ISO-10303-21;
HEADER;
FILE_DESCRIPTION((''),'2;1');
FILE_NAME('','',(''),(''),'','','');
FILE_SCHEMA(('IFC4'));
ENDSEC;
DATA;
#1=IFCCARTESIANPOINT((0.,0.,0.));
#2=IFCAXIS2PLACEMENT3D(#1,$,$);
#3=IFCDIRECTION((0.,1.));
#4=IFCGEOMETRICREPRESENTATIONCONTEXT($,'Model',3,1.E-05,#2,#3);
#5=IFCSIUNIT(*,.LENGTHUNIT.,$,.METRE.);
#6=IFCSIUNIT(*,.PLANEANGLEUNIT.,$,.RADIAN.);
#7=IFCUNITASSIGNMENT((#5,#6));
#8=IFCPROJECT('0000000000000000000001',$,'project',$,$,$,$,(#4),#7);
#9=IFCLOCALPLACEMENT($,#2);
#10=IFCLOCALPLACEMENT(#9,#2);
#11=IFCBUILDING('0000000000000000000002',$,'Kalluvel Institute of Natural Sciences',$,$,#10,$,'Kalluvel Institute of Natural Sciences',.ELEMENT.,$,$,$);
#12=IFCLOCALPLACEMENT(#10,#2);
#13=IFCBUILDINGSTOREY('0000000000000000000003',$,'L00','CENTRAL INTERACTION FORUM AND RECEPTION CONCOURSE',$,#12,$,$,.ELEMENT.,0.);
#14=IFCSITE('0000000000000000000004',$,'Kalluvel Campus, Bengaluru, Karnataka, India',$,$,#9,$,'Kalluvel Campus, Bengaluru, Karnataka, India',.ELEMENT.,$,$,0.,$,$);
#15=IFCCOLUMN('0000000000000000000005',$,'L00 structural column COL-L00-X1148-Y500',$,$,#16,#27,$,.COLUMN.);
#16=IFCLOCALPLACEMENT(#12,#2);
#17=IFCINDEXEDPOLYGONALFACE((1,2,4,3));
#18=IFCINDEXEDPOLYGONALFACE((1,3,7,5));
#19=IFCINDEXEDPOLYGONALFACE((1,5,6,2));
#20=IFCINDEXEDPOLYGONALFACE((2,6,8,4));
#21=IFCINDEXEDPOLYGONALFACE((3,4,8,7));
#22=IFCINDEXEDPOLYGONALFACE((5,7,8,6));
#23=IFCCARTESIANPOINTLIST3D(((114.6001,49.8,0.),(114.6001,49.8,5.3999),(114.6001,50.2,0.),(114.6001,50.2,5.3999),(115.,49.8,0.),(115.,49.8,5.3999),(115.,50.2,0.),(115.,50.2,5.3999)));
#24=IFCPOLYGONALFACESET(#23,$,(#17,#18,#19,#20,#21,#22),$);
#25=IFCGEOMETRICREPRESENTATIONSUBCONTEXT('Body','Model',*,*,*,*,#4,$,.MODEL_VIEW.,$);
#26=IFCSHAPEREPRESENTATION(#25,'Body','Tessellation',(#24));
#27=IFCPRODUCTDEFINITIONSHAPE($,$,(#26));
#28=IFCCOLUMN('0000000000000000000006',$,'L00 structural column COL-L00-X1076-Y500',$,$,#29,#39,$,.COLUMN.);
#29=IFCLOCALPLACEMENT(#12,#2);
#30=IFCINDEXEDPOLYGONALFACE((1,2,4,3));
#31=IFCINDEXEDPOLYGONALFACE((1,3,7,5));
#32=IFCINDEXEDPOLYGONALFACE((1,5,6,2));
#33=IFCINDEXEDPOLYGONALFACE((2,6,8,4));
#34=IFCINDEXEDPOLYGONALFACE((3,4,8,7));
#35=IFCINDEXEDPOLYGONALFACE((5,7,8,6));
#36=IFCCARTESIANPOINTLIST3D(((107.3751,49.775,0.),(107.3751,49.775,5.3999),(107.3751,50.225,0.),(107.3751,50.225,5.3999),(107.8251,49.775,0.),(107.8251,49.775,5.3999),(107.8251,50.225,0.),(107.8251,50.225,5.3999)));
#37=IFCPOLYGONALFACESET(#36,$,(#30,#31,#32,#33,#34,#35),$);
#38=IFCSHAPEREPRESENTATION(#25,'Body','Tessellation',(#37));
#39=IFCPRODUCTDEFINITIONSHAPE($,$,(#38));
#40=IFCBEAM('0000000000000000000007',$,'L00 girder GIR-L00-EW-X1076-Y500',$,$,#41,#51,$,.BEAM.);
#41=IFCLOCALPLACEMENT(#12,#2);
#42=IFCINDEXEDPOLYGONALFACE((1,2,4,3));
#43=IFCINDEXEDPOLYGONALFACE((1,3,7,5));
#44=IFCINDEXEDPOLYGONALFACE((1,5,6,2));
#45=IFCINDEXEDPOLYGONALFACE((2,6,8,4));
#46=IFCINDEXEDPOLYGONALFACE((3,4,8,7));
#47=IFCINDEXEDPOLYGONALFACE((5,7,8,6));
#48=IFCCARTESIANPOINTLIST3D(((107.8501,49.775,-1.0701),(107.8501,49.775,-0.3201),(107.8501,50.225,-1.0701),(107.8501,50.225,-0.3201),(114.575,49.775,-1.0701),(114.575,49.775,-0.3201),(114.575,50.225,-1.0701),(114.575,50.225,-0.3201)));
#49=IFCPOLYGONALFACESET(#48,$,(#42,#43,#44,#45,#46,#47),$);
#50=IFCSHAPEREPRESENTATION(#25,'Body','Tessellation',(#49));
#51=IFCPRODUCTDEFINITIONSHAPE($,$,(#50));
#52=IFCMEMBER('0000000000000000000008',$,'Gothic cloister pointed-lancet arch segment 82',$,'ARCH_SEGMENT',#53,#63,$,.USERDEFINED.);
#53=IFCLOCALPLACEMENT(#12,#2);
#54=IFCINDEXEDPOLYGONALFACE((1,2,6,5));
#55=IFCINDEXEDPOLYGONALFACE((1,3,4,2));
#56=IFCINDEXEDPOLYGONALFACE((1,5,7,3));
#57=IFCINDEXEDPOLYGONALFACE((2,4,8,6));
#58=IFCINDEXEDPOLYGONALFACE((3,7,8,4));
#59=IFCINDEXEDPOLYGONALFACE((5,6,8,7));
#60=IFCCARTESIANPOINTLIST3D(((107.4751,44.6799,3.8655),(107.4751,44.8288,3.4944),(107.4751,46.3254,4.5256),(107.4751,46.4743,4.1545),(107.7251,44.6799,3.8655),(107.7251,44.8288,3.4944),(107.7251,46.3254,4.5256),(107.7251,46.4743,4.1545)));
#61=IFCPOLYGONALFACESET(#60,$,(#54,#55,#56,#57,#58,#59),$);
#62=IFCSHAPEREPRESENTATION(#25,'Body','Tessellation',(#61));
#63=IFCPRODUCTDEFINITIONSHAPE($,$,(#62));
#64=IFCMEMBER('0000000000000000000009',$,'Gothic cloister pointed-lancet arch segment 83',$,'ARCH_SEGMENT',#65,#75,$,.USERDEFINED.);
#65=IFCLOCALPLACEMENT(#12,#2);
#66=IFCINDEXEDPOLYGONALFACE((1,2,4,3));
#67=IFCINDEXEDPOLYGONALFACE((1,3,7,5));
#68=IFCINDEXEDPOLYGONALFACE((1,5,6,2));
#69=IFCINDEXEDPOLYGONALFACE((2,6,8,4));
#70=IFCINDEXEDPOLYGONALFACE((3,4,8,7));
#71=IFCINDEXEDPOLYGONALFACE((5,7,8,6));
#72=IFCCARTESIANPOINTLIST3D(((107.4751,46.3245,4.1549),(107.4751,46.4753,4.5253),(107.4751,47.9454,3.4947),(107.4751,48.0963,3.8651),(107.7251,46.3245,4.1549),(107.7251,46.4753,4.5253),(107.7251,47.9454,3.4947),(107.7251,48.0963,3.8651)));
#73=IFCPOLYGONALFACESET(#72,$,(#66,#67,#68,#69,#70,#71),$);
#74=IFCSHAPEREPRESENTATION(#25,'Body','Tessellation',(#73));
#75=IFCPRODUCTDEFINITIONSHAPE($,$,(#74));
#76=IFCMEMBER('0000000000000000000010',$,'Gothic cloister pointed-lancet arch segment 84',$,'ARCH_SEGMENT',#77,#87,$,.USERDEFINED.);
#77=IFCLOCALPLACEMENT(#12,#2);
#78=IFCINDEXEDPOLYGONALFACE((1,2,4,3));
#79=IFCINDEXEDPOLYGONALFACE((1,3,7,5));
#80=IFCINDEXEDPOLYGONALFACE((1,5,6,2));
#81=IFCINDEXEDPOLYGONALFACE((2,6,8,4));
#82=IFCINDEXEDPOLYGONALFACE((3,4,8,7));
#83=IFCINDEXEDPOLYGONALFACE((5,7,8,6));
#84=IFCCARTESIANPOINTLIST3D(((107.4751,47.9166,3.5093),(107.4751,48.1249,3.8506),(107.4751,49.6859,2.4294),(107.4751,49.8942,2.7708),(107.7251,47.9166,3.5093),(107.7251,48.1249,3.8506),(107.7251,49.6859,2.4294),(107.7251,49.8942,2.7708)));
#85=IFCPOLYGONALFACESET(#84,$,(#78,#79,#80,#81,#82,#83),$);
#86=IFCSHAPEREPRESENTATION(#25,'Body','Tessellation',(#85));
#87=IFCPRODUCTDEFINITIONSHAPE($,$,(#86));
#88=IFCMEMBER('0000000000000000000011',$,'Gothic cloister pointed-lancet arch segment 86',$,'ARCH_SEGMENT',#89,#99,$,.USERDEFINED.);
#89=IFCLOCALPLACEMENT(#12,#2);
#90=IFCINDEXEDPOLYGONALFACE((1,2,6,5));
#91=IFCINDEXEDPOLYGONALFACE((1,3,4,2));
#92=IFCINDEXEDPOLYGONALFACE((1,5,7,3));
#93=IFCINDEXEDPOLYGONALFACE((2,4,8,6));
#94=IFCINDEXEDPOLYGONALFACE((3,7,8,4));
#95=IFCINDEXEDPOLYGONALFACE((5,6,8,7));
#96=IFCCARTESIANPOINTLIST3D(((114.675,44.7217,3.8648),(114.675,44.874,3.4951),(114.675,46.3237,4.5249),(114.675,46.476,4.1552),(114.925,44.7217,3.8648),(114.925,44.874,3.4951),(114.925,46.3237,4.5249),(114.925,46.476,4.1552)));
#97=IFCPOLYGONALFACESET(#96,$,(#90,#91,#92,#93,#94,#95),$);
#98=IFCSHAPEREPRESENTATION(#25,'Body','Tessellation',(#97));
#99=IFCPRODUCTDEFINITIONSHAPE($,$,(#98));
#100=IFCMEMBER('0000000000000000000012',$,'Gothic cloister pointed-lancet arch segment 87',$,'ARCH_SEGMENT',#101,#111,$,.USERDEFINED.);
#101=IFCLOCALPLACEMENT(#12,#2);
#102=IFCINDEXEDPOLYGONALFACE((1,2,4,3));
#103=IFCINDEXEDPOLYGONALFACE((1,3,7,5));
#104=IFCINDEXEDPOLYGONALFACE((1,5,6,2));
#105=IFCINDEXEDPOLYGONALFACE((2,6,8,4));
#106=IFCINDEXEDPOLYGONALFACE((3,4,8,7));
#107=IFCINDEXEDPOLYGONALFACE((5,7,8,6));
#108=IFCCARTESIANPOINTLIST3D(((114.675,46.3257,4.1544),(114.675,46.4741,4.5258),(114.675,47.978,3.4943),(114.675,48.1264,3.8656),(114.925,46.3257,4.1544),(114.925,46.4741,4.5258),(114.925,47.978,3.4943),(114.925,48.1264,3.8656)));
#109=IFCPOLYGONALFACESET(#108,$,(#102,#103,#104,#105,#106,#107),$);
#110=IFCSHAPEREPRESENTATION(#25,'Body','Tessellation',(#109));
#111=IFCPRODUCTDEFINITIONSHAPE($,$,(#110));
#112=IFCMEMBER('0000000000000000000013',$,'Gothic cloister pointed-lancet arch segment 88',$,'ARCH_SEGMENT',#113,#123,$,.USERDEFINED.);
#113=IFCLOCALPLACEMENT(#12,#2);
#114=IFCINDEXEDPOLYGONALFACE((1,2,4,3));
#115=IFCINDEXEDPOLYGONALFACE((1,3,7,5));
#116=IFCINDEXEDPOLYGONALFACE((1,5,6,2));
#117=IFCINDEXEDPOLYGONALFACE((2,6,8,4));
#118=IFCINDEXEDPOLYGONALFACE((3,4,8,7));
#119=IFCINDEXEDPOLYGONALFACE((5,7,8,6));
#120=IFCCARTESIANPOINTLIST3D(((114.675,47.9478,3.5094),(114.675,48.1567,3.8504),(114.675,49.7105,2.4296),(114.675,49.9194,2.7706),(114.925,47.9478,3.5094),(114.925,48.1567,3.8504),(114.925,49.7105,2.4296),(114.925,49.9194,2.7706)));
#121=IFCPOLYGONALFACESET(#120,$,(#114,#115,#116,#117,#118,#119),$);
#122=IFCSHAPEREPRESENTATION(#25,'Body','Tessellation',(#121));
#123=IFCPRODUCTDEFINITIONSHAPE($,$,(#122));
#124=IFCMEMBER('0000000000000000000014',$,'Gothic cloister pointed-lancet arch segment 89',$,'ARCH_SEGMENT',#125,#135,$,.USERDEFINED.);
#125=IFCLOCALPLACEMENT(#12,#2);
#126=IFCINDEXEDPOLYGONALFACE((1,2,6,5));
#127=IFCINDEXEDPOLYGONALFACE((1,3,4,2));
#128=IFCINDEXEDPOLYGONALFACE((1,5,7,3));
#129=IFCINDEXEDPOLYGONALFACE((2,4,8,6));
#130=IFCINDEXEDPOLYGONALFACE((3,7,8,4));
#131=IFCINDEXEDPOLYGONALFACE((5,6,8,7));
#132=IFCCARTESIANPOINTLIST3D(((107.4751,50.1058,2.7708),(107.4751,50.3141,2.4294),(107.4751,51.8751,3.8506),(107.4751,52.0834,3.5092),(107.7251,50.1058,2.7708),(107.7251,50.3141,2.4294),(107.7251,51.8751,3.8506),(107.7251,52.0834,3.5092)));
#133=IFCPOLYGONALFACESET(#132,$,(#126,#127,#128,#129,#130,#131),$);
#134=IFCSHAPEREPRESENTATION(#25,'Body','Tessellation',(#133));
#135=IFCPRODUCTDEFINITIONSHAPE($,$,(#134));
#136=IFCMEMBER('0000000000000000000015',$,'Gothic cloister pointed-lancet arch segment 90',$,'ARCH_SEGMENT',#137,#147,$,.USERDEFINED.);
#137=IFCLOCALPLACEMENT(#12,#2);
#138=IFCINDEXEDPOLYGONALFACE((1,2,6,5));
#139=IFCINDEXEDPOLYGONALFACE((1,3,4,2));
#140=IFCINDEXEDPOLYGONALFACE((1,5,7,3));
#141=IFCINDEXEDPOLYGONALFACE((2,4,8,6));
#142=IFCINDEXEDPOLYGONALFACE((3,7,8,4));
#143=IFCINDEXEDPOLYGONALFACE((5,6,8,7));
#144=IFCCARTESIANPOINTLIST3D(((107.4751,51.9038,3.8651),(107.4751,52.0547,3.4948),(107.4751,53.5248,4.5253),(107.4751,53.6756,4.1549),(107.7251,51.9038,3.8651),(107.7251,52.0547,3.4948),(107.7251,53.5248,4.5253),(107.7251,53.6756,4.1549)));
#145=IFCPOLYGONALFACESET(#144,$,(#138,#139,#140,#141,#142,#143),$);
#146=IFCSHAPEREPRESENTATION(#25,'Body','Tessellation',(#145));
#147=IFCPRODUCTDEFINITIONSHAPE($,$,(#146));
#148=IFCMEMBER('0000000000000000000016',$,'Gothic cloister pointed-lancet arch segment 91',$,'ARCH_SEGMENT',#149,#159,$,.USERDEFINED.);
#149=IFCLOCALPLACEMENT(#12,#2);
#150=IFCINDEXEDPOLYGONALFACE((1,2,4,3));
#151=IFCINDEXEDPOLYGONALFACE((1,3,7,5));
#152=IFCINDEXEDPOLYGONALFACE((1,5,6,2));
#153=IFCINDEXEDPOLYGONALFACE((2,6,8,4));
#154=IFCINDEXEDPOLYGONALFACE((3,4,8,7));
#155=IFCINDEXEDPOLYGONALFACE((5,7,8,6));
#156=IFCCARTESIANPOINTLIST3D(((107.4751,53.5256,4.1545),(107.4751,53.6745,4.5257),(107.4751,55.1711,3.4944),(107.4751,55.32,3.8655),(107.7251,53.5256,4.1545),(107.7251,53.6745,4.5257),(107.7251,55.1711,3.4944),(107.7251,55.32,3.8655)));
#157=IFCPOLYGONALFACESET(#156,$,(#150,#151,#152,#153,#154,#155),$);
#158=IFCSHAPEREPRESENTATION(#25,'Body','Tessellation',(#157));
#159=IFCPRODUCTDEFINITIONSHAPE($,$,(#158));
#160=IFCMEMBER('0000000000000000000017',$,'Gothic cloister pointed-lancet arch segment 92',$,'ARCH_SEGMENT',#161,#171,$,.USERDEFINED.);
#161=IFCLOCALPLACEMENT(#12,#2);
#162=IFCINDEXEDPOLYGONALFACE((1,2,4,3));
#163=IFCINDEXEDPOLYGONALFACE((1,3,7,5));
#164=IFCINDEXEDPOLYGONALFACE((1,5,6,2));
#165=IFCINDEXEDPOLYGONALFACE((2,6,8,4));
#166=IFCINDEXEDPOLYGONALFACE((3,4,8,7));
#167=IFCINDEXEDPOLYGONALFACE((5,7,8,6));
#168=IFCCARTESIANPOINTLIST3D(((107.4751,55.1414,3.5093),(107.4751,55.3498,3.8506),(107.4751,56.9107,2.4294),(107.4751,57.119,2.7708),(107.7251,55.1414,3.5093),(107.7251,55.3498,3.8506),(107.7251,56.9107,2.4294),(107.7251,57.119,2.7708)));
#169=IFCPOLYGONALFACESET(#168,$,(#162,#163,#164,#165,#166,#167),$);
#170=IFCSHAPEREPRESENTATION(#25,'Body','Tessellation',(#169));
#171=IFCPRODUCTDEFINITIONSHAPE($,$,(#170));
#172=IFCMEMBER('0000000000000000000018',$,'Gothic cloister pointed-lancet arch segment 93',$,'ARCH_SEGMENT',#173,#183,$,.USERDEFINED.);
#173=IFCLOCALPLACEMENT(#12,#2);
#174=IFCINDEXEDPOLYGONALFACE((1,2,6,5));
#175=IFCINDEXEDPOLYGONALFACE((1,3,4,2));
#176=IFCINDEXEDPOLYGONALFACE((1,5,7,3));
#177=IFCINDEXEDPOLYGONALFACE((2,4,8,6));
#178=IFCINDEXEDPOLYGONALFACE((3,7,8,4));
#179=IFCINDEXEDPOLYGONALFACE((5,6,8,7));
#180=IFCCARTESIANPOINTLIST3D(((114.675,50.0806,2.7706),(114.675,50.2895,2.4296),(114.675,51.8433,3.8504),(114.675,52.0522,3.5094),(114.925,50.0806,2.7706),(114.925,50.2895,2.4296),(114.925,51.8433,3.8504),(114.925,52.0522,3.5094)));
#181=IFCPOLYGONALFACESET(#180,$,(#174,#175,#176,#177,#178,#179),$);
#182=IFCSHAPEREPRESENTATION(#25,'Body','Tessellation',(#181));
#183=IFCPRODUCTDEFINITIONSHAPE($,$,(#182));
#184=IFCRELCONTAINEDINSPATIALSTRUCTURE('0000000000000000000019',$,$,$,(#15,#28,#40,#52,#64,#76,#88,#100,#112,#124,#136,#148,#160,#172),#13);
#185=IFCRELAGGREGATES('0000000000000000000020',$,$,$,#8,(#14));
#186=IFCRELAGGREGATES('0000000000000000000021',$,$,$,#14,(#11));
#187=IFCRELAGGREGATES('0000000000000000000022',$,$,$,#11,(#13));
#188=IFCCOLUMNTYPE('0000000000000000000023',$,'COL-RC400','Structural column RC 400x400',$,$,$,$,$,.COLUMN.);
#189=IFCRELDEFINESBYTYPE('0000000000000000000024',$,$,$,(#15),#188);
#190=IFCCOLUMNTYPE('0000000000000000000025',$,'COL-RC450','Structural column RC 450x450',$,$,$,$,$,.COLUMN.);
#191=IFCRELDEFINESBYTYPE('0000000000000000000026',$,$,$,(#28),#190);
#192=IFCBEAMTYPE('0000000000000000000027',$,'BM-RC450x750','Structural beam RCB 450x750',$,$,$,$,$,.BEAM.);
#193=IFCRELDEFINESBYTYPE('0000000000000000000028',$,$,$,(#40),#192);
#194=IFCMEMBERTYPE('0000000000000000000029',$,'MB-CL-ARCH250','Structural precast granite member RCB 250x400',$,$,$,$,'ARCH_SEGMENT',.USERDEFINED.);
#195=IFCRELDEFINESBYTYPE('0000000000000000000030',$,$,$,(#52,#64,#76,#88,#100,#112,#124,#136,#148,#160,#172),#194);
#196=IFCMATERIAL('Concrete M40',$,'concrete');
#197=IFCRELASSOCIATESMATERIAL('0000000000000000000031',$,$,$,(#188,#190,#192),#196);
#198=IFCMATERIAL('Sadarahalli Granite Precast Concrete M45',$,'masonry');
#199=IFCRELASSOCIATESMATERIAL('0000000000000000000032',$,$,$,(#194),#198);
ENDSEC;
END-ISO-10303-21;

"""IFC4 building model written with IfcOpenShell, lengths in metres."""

from ifc_helpers import new_model, si_unit, direction, frame, origin, origin_2d, place, context, subcontext, project, spatial, rectangle, extrude, material, material_profile, profile_set, type_object, element, save


model = new_model("IFC4")

# Units and contexts
model_context = context("Model", 3, precision=1e-05, world=origin(), true_north=direction((0.0, 1.0)))
body_context = subcontext(model_context, "Body", "Model", "MODEL_VIEW")
ifc_project = project(units=[si_unit("LENGTHUNIT", "METRE"), si_unit("PLANEANGLEUNIT", "RADIAN")], contexts=[model_context])

# Site, building, storey
site_placement = place(None, origin())
site = spatial("IfcSite", under=ifc_project, at=site_placement, Name="Kalluvel Campus, Bengaluru, Karnataka, India", LongName="Kalluvel Campus, Bengaluru, Karnataka, India", CompositionType="ELEMENT", RefElevation=0.0)
building_placement = place(site_placement, origin())
building = spatial("IfcBuilding", under=site, at=building_placement, Name="Kalluvel Institute of Natural Sciences", LongName="Kalluvel Institute of Natural Sciences", CompositionType="ELEMENT")
storey_placement = place(building_placement, origin())
storey = spatial("IfcBuildingStorey", under=building, at=storey_placement, Name="L00", Description="CENTRAL INTERACTION FORUM AND RECEPTION CONCOURSE", CompositionType="ELEMENT", Elevation=0.0)

# Columns
ifc_material_1 = material(Name="Concrete M40", Category="concrete")
ifc_material_profile_1 = material_profile(ifc_material_1, rectangle(XDim=0.3999, YDim=0.3999, at=origin_2d()), Name="RC 400x400")
ifc_profile_set_1 = profile_set([ifc_material_profile_1], Name="Concrete M40")
column_type_1 = type_object("IfcColumnType", Name="COL-RC400", Description="Structural column RC 400x400", PredefinedType="COLUMN", material=ifc_profile_set_1)
column_1_placement = place(storey_placement, frame((114.8, 50.0, 0.0), z_axis=(0.0, 0.0, 1.0), x_axis=(1.0, 0.0, 0.0)))
element("IfcColumn", 1, at=column_1_placement, inside=storey, type_object=column_type_1, Name="L00 structural column COL-L00-X1148-Y500", PredefinedType="COLUMN", context=body_context, shape_type="SweptSolid", body=[
    extrude(rectangle(XDim=0.3999, YDim=0.3999, at=origin_2d()), origin(), (0.0, 0.0, 1.0), 5.3999),
])
ifc_material_profile_2 = material_profile(ifc_material_1, rectangle(XDim=0.45, YDim=0.45, at=origin_2d()), Name="RC 450x450")
ifc_profile_set_2 = profile_set([ifc_material_profile_2], Name="Concrete M40")
column_type_2 = type_object("IfcColumnType", Name="COL-RC450", Description="Structural column RC 450x450", PredefinedType="COLUMN", material=ifc_profile_set_2)
column_2_placement = place(storey_placement, frame((107.6001, 50.0, 0.0), z_axis=(0.0, 0.0, 1.0), x_axis=(1.0, 0.0, 0.0)))
element("IfcColumn", 2, at=column_2_placement, inside=storey, type_object=column_type_2, Name="L00 structural column COL-L00-X1076-Y500", PredefinedType="COLUMN", context=body_context, shape_type="SweptSolid", body=[
    extrude(rectangle(XDim=0.45, YDim=0.45, at=origin_2d()), origin(), (0.0, 0.0, 1.0), 5.3999),
])

# Beam
ifc_material_profile_3 = material_profile(ifc_material_1, rectangle(XDim=0.45, YDim=0.75, at=origin_2d()), Name="RCB 450x750")
ifc_profile_set_3 = profile_set([ifc_material_profile_3], Name="Concrete M40")
beam_type_1 = type_object("IfcBeamType", Name="BM-RC450x750", Description="Structural beam RCB 450x750", PredefinedType="BEAM", material=ifc_profile_set_3)
beam_1_placement = place(storey_placement, frame((107.8501, 50.0, -0.6951), z_axis=(1.0, 0.0, 0.0), x_axis=(0.0, 1.0, 0.0)))
element("IfcBeam", 3, at=beam_1_placement, inside=storey, type_object=beam_type_1, Name="L00 girder GIR-L00-EW-X1076-Y500", PredefinedType="BEAM", context=body_context, shape_type="SweptSolid", body=[
    extrude(rectangle(XDim=0.45, YDim=0.75, at=origin_2d()), origin(), (0.0, 0.0, 1.0), 6.7249),
])

# Members
ifc_material_2 = material(Name="Sadarahalli Granite Precast Concrete M45", Category="masonry")
ifc_material_profile_4 = material_profile(ifc_material_2, rectangle(XDim=0.25, YDim=0.3999, at=origin_2d()), Name="RCB 250x400")
ifc_profile_set_4 = profile_set([ifc_material_profile_4], Name="Sadarahalli Granite Precast Concrete M45")
member_type = type_object("IfcMemberType", Name="MB-CL-ARCH250", Description="Structural precast granite member RCB 250x400", ElementType="ARCH_SEGMENT", PredefinedType="USERDEFINED", material=ifc_profile_set_4)
member_1_placement = place(storey_placement, frame((107.6001, 44.7544, 3.6799), z_axis=(0.0, 0.928096, 0.37234), x_axis=(-1.0, 0.0, 0.0)))
element("IfcMember", 4, at=member_1_placement, inside=storey, type_object=member_type, Name="Gothic cloister pointed-lancet arch segment 82", ObjectType="ARCH_SEGMENT", PredefinedType="USERDEFINED", context=body_context, shape_type="SweptSolid", body=[
    extrude(rectangle(XDim=0.25, YDim=0.3999, at=origin_2d()), origin(), (0.0, 0.0, 1.0), 1.7729),
])
member_2_placement = place(storey_placement, frame((107.6001, 46.3999, 4.3401), z_axis=(0.0, 0.92613, -0.377204), x_axis=(-1.0, 0.0, 0.0)))
element("IfcMember", 5, at=member_2_placement, inside=storey, type_object=member_type, Name="Gothic cloister pointed-lancet arch segment 83", ObjectType="ARCH_SEGMENT", PredefinedType="USERDEFINED", context=body_context, shape_type="SweptSolid", body=[
    extrude(rectangle(XDim=0.25, YDim=0.3999, at=origin_2d()), origin(), (0.0, 0.0, 1.0), 1.7502),
])
member_3_placement = place(storey_placement, frame((107.6001, 48.0208, 3.6799), z_axis=(0.0, 0.853582, -0.520959), x_axis=(-1.0, 0.0, 0.0)))
element("IfcMember", 6, at=member_3_placement, inside=storey, type_object=member_type, Name="Gothic cloister pointed-lancet arch segment 84", ObjectType="ARCH_SEGMENT", PredefinedType="USERDEFINED", context=body_context, shape_type="SweptSolid", body=[
    extrude(rectangle(XDim=0.25, YDim=0.3999, at=origin_2d()), origin(), (0.0, 0.0, 1.0), 2.0728),
])
member_4_placement = place(storey_placement, frame((114.8, 44.7979, 3.6799), z_axis=(0.0, 0.924579, 0.380991), x_axis=(-1.0, 0.0, 0.0)))
element("IfcMember", 7, at=member_4_placement, inside=storey, type_object=member_type, Name="Gothic cloister pointed-lancet arch segment 86", ObjectType="ARCH_SEGMENT", PredefinedType="USERDEFINED", context=body_context, shape_type="SweptSolid", body=[
    extrude(rectangle(XDim=0.25, YDim=0.3999, at=origin_2d()), origin(), (0.0, 0.0, 1.0), 1.7327),
])
member_5_placement = place(storey_placement, frame((114.8, 46.3999, 4.3401), z_axis=(0.0, 0.928628, -0.371012), x_axis=(-1.0, 0.0, 0.0)))
element("IfcMember", 8, at=member_5_placement, inside=storey, type_object=member_type, Name="Gothic cloister pointed-lancet arch segment 87", ObjectType="ARCH_SEGMENT", PredefinedType="USERDEFINED", context=body_context, shape_type="SweptSolid", body=[
    extrude(rectangle(XDim=0.25, YDim=0.3999, at=origin_2d()), origin(), (0.0, 0.0, 1.0), 1.7793),
])
member_6_placement = place(storey_placement, frame((114.8, 48.0522, 3.6799), z_axis=(0.0, 0.852715, -0.522376), x_axis=(-1.0, 0.0, 0.0)))
element("IfcMember", 9, at=member_6_placement, inside=storey, type_object=member_type, Name="Gothic cloister pointed-lancet arch segment 88", ObjectType="ARCH_SEGMENT", PredefinedType="USERDEFINED", context=body_context, shape_type="SweptSolid", body=[
    extrude(rectangle(XDim=0.25, YDim=0.3999, at=origin_2d()), origin(), (0.0, 0.0, 1.0), 2.0671),
])
member_7_placement = place(storey_placement, frame((107.6001, 50.21, 2.6001), z_axis=(0.0, 0.853582, 0.520959), x_axis=(-1.0, 0.0, 0.0)))
element("IfcMember", 10, at=member_7_placement, inside=storey, type_object=member_type, Name="Gothic cloister pointed-lancet arch segment 89", ObjectType="ARCH_SEGMENT", PredefinedType="USERDEFINED", context=body_context, shape_type="SweptSolid", body=[
    extrude(rectangle(XDim=0.25, YDim=0.3999, at=origin_2d()), origin(), (0.0, 0.0, 1.0), 2.0728),
])
member_8_placement = place(storey_placement, frame((107.6001, 51.9792, 3.6799), z_axis=(0.0, 0.92613, 0.377204), x_axis=(-1.0, 0.0, 0.0)))
element("IfcMember", 11, at=member_8_placement, inside=storey, type_object=member_type, Name="Gothic cloister pointed-lancet arch segment 90", ObjectType="ARCH_SEGMENT", PredefinedType="USERDEFINED", context=body_context, shape_type="SweptSolid", body=[
    extrude(rectangle(XDim=0.25, YDim=0.3999, at=origin_2d()), origin(), (0.0, 0.0, 1.0), 1.7502),
])
member_9_placement = place(storey_placement, frame((107.6001, 53.6001, 4.3401), z_axis=(0.0, 0.928096, -0.37234), x_axis=(-1.0, 0.0, 0.0)))
element("IfcMember", 12, at=member_9_placement, inside=storey, type_object=member_type, Name="Gothic cloister pointed-lancet arch segment 91", ObjectType="ARCH_SEGMENT", PredefinedType="USERDEFINED", context=body_context, shape_type="SweptSolid", body=[
    extrude(rectangle(XDim=0.25, YDim=0.3999, at=origin_2d()), origin(), (0.0, 0.0, 1.0), 1.7729),
])
member_10_placement = place(storey_placement, frame((107.6001, 55.2456, 3.6799), z_axis=(0.0, 0.853582, -0.520959), x_axis=(-1.0, 0.0, 0.0)))
element("IfcMember", 13, at=member_10_placement, inside=storey, type_object=member_type, Name="Gothic cloister pointed-lancet arch segment 92", ObjectType="ARCH_SEGMENT", PredefinedType="USERDEFINED", context=body_context, shape_type="SweptSolid", body=[
    extrude(rectangle(XDim=0.25, YDim=0.3999, at=origin_2d()), origin(), (0.0, 0.0, 1.0), 2.0728),
])
member_11_placement = place(storey_placement, frame((114.8, 50.1851, 2.6001), z_axis=(0.0, 0.852715, 0.522376), x_axis=(-1.0, 0.0, 0.0)))
element("IfcMember", 14, at=member_11_placement, inside=storey, type_object=member_type, Name="Gothic cloister pointed-lancet arch segment 93", ObjectType="ARCH_SEGMENT", PredefinedType="USERDEFINED", context=body_context, shape_type="SweptSolid", body=[
    extrude(rectangle(XDim=0.25, YDim=0.3999, at=origin_2d()), origin(), (0.0, 0.0, 1.0), 2.0671),
])

save(model, "model.ifc")
